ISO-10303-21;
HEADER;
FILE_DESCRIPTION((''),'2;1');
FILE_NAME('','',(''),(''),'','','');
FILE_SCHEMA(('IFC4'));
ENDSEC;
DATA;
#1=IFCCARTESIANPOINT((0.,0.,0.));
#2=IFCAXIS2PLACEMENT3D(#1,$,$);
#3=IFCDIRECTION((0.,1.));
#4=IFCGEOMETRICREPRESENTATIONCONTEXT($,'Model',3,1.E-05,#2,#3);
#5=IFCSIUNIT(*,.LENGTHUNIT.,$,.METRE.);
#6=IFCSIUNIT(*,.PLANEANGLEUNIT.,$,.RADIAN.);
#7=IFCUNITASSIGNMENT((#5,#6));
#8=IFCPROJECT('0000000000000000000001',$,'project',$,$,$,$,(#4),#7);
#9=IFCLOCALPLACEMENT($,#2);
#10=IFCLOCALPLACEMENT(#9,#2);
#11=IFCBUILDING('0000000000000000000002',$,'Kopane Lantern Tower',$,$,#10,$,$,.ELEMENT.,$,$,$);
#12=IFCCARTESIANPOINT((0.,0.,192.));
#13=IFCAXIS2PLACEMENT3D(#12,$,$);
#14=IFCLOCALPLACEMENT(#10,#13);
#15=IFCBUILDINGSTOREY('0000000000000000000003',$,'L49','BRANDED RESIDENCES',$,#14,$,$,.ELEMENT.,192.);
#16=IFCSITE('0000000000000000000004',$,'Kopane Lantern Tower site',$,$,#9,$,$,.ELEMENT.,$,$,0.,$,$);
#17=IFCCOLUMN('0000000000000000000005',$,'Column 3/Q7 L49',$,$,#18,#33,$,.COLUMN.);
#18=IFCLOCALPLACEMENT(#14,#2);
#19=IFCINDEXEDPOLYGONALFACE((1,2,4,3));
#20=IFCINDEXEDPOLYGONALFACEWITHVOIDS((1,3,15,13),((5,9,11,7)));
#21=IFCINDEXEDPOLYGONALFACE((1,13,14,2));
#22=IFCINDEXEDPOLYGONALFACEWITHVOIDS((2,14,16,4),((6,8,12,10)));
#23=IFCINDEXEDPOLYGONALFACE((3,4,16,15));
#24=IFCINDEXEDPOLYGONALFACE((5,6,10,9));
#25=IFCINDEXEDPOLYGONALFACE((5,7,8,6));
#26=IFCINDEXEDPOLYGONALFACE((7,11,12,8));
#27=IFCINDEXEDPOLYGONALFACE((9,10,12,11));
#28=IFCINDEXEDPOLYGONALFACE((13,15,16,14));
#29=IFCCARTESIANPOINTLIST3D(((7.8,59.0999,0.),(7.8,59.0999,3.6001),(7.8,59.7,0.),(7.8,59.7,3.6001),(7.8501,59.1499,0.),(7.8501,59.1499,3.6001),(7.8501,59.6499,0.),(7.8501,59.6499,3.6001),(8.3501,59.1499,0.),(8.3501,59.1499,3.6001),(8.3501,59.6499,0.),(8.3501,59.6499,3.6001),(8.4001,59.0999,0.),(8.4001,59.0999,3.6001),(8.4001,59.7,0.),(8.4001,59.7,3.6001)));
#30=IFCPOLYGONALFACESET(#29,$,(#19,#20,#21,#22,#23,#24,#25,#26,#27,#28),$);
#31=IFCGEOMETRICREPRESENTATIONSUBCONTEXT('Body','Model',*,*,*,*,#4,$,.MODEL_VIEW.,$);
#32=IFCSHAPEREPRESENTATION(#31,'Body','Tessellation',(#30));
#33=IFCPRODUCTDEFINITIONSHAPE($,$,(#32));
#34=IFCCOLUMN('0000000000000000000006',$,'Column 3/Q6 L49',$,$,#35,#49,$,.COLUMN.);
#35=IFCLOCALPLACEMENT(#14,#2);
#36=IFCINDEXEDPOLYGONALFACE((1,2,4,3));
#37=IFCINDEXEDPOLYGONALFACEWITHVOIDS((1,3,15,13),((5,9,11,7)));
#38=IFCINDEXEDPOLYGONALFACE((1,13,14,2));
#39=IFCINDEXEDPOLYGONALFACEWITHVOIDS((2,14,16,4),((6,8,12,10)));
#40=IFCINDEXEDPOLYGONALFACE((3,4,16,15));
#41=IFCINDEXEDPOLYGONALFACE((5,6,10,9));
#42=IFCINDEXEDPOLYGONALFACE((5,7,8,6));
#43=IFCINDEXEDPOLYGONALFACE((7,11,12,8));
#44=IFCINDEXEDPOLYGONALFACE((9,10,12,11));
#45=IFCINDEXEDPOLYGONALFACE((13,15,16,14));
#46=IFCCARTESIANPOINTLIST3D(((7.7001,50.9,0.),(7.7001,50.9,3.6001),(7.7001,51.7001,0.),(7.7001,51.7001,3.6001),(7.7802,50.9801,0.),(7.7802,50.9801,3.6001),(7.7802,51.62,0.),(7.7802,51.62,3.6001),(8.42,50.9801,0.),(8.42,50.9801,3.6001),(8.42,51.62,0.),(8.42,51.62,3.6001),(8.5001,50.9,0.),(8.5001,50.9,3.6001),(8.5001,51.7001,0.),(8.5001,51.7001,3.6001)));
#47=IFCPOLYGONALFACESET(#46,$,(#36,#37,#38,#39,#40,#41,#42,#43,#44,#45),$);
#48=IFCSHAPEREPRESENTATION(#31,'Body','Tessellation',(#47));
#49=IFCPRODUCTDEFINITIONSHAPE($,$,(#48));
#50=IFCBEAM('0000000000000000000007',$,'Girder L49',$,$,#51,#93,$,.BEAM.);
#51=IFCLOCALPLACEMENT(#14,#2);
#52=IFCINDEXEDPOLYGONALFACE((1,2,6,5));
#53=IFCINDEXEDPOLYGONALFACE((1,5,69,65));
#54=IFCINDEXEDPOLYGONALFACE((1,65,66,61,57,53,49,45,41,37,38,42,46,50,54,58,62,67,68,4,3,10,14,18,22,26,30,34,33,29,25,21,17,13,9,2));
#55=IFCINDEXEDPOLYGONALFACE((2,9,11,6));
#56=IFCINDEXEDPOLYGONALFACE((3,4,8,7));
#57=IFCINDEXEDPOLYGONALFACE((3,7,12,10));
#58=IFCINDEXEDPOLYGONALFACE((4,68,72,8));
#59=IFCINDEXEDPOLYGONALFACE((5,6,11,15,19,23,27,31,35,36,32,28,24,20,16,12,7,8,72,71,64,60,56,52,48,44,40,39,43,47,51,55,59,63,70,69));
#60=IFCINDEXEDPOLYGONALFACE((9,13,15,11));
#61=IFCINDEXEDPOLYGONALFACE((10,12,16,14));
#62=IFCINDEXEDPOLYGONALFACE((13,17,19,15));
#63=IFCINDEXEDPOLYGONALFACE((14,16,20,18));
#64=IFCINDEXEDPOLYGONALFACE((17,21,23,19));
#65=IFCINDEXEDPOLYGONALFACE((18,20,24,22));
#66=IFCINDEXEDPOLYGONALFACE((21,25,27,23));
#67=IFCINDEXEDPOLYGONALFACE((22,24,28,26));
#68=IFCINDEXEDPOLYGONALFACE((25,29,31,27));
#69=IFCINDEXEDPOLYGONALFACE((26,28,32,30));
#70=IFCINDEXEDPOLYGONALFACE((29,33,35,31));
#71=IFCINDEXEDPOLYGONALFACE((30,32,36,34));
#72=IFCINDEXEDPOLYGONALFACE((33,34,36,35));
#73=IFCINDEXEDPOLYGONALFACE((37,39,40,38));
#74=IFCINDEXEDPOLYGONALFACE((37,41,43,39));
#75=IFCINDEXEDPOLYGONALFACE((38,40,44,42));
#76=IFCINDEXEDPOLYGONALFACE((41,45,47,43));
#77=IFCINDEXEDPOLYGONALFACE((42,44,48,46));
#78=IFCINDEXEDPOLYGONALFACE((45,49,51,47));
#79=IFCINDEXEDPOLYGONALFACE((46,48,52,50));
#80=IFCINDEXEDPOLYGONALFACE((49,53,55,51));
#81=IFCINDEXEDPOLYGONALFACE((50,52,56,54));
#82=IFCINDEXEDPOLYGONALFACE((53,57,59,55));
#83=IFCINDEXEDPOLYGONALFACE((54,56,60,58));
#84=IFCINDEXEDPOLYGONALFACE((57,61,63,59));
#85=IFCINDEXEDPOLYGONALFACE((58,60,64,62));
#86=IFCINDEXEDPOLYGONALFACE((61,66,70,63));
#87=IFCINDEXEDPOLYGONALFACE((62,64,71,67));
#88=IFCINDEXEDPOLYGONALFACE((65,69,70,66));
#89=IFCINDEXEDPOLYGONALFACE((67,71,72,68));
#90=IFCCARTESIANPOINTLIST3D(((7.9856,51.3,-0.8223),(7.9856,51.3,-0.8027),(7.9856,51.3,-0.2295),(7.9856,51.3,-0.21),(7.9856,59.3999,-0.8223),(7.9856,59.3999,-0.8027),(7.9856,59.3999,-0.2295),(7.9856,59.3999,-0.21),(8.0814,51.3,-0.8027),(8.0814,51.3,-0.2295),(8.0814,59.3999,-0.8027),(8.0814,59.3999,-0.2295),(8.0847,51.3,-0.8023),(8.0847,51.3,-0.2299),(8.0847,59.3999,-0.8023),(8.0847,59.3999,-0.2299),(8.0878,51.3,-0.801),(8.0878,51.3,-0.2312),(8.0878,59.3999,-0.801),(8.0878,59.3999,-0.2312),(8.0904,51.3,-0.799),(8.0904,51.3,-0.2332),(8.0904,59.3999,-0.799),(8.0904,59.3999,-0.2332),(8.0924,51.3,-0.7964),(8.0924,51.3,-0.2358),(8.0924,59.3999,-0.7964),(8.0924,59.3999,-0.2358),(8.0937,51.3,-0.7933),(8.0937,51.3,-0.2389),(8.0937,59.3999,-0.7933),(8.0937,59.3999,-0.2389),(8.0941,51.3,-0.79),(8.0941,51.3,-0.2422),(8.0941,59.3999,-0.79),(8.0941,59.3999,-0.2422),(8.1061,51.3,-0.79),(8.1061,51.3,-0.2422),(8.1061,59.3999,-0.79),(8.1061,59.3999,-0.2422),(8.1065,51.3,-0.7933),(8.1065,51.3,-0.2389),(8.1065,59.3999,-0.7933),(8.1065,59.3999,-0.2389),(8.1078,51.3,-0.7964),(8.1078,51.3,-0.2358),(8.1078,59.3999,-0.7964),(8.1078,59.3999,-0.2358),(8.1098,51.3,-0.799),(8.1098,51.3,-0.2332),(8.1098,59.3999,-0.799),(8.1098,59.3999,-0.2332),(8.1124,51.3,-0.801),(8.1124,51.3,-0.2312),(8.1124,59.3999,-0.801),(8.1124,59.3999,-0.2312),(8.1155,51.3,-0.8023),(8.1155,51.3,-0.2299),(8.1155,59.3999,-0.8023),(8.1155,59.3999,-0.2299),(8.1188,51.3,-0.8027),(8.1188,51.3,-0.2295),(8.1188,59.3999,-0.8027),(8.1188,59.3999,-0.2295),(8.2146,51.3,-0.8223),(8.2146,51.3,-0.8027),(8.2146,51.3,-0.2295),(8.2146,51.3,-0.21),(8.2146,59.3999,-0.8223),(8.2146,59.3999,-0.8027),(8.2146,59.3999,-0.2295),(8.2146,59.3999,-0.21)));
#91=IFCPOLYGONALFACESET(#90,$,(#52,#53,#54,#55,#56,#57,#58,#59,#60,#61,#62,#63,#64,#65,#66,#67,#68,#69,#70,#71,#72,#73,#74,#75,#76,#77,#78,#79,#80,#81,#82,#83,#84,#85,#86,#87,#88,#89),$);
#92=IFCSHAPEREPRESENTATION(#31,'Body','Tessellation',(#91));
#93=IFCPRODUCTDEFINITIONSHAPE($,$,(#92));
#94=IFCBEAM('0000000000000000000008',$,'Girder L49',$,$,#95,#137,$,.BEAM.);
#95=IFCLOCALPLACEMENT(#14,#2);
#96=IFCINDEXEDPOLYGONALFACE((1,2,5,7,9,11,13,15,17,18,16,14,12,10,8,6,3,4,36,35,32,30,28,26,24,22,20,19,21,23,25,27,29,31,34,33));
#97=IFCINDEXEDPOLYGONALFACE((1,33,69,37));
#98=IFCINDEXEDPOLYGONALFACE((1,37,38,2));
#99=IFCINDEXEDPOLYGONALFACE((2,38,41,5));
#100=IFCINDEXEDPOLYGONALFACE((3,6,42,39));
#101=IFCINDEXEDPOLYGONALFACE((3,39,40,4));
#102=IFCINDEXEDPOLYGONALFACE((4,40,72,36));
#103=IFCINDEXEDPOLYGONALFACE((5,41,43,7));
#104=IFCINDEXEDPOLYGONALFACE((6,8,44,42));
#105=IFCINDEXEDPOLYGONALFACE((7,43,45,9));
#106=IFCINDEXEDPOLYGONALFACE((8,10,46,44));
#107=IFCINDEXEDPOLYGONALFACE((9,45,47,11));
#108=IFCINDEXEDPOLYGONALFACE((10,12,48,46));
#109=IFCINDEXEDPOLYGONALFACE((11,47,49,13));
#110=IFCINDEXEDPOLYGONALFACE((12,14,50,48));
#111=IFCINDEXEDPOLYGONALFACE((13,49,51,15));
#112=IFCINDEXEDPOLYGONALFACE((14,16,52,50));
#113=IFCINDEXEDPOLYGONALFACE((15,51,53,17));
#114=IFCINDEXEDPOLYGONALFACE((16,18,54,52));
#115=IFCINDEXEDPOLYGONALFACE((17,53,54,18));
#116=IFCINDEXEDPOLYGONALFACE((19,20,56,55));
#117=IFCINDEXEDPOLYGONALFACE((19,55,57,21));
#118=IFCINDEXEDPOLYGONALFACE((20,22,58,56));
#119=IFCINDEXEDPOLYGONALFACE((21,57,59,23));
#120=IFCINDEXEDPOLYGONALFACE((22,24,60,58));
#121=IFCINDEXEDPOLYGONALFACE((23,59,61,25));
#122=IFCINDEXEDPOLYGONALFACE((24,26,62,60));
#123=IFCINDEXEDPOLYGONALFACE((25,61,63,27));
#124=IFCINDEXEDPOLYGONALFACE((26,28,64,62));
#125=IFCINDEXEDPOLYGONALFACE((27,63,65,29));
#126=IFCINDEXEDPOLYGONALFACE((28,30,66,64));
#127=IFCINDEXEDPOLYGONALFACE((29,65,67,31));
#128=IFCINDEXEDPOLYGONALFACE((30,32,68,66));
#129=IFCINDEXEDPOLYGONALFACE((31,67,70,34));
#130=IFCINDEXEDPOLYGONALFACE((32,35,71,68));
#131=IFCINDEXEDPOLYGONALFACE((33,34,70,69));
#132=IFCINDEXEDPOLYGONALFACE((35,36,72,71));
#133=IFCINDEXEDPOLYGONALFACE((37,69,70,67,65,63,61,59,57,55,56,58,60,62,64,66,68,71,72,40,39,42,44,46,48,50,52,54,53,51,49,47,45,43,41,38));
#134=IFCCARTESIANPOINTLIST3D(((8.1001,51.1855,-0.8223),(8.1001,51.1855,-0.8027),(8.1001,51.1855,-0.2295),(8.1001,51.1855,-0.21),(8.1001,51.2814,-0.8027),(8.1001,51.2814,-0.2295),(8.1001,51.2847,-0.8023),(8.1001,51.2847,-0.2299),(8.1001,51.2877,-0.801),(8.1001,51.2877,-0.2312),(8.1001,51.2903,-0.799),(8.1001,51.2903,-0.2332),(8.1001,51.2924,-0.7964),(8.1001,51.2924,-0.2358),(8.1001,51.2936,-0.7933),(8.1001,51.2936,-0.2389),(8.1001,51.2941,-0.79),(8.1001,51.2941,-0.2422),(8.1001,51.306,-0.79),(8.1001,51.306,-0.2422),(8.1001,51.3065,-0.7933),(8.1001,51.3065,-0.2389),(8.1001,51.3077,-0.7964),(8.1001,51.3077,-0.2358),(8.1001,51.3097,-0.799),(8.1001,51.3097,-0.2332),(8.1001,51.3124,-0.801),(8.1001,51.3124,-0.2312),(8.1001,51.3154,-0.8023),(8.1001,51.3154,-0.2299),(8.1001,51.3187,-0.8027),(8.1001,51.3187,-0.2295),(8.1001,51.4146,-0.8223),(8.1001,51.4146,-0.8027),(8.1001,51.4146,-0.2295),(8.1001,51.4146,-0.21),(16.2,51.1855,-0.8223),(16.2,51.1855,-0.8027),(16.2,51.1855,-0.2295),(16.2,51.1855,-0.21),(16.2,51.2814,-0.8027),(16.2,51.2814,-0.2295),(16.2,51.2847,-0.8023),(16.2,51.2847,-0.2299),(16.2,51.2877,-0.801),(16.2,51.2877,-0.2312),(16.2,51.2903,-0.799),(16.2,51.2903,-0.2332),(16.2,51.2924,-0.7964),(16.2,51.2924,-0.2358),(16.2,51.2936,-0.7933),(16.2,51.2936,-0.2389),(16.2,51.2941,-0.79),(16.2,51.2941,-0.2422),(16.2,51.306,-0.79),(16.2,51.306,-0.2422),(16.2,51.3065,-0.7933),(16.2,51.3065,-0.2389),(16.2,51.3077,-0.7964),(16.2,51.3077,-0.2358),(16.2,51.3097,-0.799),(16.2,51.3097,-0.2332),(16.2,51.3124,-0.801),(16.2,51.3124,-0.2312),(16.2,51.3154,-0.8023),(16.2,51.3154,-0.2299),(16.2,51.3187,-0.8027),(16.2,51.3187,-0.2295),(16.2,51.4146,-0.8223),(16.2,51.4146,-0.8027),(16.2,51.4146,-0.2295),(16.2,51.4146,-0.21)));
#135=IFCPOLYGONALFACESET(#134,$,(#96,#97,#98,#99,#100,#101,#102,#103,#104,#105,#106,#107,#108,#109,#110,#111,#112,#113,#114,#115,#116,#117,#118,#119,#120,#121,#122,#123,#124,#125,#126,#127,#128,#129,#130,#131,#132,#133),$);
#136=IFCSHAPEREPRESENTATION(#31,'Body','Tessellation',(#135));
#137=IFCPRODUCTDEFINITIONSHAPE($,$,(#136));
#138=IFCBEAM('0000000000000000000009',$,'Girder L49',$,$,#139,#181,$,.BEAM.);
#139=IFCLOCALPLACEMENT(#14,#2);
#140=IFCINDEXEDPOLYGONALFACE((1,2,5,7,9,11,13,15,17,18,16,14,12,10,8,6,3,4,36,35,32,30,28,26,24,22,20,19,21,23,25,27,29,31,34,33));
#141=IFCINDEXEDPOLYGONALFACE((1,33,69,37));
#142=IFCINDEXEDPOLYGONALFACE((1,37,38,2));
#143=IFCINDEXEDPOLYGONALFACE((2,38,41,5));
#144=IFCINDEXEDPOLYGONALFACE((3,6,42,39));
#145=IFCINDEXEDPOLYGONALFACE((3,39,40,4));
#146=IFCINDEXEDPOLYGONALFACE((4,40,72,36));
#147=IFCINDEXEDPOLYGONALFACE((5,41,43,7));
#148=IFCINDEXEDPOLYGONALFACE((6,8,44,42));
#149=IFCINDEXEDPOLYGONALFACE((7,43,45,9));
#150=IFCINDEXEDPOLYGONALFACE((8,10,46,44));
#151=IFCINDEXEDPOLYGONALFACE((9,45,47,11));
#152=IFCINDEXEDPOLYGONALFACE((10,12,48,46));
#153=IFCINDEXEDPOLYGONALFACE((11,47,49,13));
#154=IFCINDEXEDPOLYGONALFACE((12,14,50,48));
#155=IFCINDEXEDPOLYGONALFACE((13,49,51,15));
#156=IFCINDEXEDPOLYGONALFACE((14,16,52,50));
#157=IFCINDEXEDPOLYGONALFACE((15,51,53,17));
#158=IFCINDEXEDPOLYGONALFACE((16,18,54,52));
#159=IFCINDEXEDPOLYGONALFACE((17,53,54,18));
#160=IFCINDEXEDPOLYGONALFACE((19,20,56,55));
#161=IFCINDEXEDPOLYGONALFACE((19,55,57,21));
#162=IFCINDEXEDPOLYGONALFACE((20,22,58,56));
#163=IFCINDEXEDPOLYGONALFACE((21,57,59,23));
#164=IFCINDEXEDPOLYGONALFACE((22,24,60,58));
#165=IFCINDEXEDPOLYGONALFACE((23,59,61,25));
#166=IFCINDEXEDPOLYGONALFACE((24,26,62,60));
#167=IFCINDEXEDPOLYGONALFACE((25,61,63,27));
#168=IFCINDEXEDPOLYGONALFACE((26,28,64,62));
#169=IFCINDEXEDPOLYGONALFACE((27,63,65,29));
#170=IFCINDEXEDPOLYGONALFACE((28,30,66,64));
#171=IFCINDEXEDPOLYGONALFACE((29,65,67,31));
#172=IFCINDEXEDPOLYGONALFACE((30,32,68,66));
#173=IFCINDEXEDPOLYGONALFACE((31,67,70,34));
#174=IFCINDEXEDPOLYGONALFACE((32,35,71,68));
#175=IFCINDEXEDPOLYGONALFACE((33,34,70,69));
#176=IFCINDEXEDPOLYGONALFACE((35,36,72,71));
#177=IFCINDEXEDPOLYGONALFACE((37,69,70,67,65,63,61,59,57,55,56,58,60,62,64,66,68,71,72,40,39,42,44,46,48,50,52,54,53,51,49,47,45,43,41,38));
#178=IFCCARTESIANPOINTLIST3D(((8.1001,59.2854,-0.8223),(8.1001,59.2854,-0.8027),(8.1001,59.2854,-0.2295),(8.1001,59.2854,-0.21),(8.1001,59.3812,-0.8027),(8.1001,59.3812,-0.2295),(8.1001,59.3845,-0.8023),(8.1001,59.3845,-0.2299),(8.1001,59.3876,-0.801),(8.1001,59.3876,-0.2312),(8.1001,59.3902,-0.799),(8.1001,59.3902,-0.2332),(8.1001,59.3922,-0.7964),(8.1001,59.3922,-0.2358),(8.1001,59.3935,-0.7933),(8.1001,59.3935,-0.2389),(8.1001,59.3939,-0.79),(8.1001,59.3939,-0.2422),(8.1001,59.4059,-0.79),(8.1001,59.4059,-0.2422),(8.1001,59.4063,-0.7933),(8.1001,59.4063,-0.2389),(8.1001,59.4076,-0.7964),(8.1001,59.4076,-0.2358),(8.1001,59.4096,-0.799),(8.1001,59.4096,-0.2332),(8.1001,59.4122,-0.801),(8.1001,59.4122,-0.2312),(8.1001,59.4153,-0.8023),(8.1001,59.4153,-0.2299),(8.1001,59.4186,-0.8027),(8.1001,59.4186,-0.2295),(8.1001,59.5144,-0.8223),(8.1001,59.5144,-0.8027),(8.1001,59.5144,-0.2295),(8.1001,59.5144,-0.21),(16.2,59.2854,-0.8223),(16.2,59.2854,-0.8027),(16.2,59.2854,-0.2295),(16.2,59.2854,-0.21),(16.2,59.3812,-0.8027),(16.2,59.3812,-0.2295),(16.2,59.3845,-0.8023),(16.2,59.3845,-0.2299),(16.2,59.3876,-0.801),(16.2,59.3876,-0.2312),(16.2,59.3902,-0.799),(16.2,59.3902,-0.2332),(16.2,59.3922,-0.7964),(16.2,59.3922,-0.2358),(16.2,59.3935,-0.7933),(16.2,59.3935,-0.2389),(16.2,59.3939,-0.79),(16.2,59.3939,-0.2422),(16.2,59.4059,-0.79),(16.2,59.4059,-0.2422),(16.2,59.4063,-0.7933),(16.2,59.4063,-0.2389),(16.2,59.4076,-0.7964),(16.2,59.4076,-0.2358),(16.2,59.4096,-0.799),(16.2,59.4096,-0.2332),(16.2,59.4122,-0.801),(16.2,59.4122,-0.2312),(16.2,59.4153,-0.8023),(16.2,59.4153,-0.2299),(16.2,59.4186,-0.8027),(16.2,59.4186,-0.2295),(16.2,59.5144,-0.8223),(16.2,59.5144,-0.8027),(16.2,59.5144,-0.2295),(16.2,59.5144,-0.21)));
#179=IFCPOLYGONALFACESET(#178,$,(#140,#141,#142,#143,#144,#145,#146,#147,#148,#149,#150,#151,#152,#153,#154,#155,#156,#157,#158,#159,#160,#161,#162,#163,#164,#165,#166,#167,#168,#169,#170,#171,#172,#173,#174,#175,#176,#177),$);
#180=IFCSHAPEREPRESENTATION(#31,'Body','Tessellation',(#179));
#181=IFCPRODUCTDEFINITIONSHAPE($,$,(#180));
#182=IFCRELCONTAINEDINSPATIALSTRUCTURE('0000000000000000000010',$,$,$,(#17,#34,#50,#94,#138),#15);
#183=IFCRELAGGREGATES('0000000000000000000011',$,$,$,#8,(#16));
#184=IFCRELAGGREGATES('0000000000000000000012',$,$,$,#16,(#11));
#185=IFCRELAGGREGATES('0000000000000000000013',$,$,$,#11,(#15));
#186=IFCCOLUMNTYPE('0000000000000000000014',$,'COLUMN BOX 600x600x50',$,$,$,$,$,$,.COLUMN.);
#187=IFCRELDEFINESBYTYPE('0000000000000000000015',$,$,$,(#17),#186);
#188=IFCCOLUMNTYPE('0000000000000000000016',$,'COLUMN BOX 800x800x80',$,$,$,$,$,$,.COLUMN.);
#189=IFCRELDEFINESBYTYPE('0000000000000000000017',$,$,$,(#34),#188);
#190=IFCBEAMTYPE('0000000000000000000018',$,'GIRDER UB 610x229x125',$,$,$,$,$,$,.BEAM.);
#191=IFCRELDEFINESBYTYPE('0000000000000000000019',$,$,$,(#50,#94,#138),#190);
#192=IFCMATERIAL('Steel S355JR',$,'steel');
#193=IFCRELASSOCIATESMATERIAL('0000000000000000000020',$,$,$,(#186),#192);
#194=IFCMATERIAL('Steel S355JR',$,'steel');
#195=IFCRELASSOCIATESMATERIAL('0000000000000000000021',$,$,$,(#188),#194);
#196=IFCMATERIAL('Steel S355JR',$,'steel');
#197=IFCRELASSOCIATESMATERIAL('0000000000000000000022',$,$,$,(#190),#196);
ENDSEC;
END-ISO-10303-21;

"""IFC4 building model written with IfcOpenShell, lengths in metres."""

from ifc_helpers import new_model, si_unit, direction, frame, origin, origin_2d, place, context, subcontext, project, spatial, hollow_rectangle, i_section, extrude, material, material_profile, profile_set, type_object, element, save


model = new_model("IFC4")

# Units and contexts
model_context = context("Model", 3, precision=1e-05, world=origin(), true_north=direction((0.0, 1.0)))
body_context = subcontext(model_context, "Body", "Model", "MODEL_VIEW")
ifc_project = project(units=[si_unit("LENGTHUNIT", "METRE"), si_unit("PLANEANGLEUNIT", "RADIAN")], contexts=[model_context])

# Site, building, storey
site_placement = place(None, origin())
site = spatial("IfcSite", under=ifc_project, at=site_placement, Name="Kopane Lantern Tower site", CompositionType="ELEMENT", RefElevation=0.0)
building_placement = place(site_placement, origin())
building = spatial("IfcBuilding", under=site, at=building_placement, Name="Kopane Lantern Tower", CompositionType="ELEMENT")
storey_placement = place(building_placement, frame((0.0, 0.0, 192.0)))
storey = spatial("IfcBuildingStorey", under=building, at=storey_placement, Name="L49", Description="BRANDED RESIDENCES", CompositionType="ELEMENT", Elevation=192.0)

# Columns
ifc_material_1 = material(Name="Steel S355JR", Category="steel")
ifc_material_profile_1 = material_profile(ifc_material_1, hollow_rectangle(XDim=0.6001, YDim=0.6001, WallThickness=0.05, at=origin_2d()), Name="BOX 600x600x50")
ifc_profile_set_1 = profile_set([ifc_material_profile_1], Name="Steel S355JR")
column_type_1 = type_object("IfcColumnType", Name="COLUMN BOX 600x600x50", PredefinedType="COLUMN", material=ifc_profile_set_1)
column_1_placement = place(storey_placement, frame((8.1001, 59.3999, 0.0), z_axis=(0.0, 0.0, 1.0), x_axis=(1.0, 0.0, 0.0)))
element("IfcColumn", 1, at=column_1_placement, inside=storey, type_object=column_type_1, Name="Column 3/Q7 L49", PredefinedType="COLUMN", context=body_context, shape_type="SweptSolid", body=[
    extrude(hollow_rectangle(XDim=0.6001, YDim=0.6001, WallThickness=0.05, at=origin_2d()), origin(), (0.0, 0.0, 1.0), 3.6001),
])
ifc_material_2 = material(Name="Steel S355JR", Category="steel")
ifc_material_profile_2 = material_profile(ifc_material_2, hollow_rectangle(XDim=0.8, YDim=0.8, WallThickness=0.0801, at=origin_2d()), Name="BOX 800x800x80")
ifc_profile_set_2 = profile_set([ifc_material_profile_2], Name="Steel S355JR")
column_type_2 = type_object("IfcColumnType", Name="COLUMN BOX 800x800x80", PredefinedType="COLUMN", material=ifc_profile_set_2)
column_2_placement = place(storey_placement, frame((8.1001, 51.3, 0.0), z_axis=(0.0, 0.0, 1.0), x_axis=(1.0, 0.0, 0.0)))
element("IfcColumn", 2, at=column_2_placement, inside=storey, type_object=column_type_2, Name="Column 3/Q6 L49", PredefinedType="COLUMN", context=body_context, shape_type="SweptSolid", body=[
    extrude(hollow_rectangle(XDim=0.8, YDim=0.8, WallThickness=0.0801, at=origin_2d()), origin(), (0.0, 0.0, 1.0), 3.6001),
])

# Beams
ifc_material_3 = material(Name="Steel S355JR", Category="steel")
ifc_material_profile_3 = material_profile(ifc_material_3, i_section(OverallWidth=0.229, OverallDepth=0.6123, WebThickness=0.012, FlangeThickness=0.0195, FilletRadius=0.0127, at=origin_2d()), Name="UB 610x229x125")
ifc_profile_set_3 = profile_set([ifc_material_profile_3], Name="Steel S355JR")
beam_type = type_object("IfcBeamType", Name="GIRDER UB 610x229x125", PredefinedType="BEAM", material=ifc_profile_set_3)
for number, where, z_axis, x_axis, name in (
    (3, (8.1001, 51.3, -0.5161), (0.0, 1.0, 0.0), (-1.0, 0.0, 0.0), "Girder L49"),
    (4, (8.1001, 51.3, -0.5161), (1.0, 0.0, 0.0), (0.0, 1.0, 0.0), "Girder L49"),
    (5, (8.1001, 59.3999, -0.5161), (1.0, 0.0, 0.0), (0.0, 1.0, 0.0), "Girder L49"),
):
    element("IfcBeam", number, at=place(storey_placement, frame(where, z_axis=z_axis, x_axis=x_axis)), inside=storey, type_object=beam_type, Name=name, PredefinedType="BEAM", context=body_context, shape_type="SweptSolid", body=[
        extrude(i_section(OverallWidth=0.229, OverallDepth=0.6123, WebThickness=0.012, FlangeThickness=0.0195, FilletRadius=0.0127, at=origin_2d()), origin(), (0.0, 0.0, 1.0), 8.0999),
    ])

save(model, "model.ifc")
